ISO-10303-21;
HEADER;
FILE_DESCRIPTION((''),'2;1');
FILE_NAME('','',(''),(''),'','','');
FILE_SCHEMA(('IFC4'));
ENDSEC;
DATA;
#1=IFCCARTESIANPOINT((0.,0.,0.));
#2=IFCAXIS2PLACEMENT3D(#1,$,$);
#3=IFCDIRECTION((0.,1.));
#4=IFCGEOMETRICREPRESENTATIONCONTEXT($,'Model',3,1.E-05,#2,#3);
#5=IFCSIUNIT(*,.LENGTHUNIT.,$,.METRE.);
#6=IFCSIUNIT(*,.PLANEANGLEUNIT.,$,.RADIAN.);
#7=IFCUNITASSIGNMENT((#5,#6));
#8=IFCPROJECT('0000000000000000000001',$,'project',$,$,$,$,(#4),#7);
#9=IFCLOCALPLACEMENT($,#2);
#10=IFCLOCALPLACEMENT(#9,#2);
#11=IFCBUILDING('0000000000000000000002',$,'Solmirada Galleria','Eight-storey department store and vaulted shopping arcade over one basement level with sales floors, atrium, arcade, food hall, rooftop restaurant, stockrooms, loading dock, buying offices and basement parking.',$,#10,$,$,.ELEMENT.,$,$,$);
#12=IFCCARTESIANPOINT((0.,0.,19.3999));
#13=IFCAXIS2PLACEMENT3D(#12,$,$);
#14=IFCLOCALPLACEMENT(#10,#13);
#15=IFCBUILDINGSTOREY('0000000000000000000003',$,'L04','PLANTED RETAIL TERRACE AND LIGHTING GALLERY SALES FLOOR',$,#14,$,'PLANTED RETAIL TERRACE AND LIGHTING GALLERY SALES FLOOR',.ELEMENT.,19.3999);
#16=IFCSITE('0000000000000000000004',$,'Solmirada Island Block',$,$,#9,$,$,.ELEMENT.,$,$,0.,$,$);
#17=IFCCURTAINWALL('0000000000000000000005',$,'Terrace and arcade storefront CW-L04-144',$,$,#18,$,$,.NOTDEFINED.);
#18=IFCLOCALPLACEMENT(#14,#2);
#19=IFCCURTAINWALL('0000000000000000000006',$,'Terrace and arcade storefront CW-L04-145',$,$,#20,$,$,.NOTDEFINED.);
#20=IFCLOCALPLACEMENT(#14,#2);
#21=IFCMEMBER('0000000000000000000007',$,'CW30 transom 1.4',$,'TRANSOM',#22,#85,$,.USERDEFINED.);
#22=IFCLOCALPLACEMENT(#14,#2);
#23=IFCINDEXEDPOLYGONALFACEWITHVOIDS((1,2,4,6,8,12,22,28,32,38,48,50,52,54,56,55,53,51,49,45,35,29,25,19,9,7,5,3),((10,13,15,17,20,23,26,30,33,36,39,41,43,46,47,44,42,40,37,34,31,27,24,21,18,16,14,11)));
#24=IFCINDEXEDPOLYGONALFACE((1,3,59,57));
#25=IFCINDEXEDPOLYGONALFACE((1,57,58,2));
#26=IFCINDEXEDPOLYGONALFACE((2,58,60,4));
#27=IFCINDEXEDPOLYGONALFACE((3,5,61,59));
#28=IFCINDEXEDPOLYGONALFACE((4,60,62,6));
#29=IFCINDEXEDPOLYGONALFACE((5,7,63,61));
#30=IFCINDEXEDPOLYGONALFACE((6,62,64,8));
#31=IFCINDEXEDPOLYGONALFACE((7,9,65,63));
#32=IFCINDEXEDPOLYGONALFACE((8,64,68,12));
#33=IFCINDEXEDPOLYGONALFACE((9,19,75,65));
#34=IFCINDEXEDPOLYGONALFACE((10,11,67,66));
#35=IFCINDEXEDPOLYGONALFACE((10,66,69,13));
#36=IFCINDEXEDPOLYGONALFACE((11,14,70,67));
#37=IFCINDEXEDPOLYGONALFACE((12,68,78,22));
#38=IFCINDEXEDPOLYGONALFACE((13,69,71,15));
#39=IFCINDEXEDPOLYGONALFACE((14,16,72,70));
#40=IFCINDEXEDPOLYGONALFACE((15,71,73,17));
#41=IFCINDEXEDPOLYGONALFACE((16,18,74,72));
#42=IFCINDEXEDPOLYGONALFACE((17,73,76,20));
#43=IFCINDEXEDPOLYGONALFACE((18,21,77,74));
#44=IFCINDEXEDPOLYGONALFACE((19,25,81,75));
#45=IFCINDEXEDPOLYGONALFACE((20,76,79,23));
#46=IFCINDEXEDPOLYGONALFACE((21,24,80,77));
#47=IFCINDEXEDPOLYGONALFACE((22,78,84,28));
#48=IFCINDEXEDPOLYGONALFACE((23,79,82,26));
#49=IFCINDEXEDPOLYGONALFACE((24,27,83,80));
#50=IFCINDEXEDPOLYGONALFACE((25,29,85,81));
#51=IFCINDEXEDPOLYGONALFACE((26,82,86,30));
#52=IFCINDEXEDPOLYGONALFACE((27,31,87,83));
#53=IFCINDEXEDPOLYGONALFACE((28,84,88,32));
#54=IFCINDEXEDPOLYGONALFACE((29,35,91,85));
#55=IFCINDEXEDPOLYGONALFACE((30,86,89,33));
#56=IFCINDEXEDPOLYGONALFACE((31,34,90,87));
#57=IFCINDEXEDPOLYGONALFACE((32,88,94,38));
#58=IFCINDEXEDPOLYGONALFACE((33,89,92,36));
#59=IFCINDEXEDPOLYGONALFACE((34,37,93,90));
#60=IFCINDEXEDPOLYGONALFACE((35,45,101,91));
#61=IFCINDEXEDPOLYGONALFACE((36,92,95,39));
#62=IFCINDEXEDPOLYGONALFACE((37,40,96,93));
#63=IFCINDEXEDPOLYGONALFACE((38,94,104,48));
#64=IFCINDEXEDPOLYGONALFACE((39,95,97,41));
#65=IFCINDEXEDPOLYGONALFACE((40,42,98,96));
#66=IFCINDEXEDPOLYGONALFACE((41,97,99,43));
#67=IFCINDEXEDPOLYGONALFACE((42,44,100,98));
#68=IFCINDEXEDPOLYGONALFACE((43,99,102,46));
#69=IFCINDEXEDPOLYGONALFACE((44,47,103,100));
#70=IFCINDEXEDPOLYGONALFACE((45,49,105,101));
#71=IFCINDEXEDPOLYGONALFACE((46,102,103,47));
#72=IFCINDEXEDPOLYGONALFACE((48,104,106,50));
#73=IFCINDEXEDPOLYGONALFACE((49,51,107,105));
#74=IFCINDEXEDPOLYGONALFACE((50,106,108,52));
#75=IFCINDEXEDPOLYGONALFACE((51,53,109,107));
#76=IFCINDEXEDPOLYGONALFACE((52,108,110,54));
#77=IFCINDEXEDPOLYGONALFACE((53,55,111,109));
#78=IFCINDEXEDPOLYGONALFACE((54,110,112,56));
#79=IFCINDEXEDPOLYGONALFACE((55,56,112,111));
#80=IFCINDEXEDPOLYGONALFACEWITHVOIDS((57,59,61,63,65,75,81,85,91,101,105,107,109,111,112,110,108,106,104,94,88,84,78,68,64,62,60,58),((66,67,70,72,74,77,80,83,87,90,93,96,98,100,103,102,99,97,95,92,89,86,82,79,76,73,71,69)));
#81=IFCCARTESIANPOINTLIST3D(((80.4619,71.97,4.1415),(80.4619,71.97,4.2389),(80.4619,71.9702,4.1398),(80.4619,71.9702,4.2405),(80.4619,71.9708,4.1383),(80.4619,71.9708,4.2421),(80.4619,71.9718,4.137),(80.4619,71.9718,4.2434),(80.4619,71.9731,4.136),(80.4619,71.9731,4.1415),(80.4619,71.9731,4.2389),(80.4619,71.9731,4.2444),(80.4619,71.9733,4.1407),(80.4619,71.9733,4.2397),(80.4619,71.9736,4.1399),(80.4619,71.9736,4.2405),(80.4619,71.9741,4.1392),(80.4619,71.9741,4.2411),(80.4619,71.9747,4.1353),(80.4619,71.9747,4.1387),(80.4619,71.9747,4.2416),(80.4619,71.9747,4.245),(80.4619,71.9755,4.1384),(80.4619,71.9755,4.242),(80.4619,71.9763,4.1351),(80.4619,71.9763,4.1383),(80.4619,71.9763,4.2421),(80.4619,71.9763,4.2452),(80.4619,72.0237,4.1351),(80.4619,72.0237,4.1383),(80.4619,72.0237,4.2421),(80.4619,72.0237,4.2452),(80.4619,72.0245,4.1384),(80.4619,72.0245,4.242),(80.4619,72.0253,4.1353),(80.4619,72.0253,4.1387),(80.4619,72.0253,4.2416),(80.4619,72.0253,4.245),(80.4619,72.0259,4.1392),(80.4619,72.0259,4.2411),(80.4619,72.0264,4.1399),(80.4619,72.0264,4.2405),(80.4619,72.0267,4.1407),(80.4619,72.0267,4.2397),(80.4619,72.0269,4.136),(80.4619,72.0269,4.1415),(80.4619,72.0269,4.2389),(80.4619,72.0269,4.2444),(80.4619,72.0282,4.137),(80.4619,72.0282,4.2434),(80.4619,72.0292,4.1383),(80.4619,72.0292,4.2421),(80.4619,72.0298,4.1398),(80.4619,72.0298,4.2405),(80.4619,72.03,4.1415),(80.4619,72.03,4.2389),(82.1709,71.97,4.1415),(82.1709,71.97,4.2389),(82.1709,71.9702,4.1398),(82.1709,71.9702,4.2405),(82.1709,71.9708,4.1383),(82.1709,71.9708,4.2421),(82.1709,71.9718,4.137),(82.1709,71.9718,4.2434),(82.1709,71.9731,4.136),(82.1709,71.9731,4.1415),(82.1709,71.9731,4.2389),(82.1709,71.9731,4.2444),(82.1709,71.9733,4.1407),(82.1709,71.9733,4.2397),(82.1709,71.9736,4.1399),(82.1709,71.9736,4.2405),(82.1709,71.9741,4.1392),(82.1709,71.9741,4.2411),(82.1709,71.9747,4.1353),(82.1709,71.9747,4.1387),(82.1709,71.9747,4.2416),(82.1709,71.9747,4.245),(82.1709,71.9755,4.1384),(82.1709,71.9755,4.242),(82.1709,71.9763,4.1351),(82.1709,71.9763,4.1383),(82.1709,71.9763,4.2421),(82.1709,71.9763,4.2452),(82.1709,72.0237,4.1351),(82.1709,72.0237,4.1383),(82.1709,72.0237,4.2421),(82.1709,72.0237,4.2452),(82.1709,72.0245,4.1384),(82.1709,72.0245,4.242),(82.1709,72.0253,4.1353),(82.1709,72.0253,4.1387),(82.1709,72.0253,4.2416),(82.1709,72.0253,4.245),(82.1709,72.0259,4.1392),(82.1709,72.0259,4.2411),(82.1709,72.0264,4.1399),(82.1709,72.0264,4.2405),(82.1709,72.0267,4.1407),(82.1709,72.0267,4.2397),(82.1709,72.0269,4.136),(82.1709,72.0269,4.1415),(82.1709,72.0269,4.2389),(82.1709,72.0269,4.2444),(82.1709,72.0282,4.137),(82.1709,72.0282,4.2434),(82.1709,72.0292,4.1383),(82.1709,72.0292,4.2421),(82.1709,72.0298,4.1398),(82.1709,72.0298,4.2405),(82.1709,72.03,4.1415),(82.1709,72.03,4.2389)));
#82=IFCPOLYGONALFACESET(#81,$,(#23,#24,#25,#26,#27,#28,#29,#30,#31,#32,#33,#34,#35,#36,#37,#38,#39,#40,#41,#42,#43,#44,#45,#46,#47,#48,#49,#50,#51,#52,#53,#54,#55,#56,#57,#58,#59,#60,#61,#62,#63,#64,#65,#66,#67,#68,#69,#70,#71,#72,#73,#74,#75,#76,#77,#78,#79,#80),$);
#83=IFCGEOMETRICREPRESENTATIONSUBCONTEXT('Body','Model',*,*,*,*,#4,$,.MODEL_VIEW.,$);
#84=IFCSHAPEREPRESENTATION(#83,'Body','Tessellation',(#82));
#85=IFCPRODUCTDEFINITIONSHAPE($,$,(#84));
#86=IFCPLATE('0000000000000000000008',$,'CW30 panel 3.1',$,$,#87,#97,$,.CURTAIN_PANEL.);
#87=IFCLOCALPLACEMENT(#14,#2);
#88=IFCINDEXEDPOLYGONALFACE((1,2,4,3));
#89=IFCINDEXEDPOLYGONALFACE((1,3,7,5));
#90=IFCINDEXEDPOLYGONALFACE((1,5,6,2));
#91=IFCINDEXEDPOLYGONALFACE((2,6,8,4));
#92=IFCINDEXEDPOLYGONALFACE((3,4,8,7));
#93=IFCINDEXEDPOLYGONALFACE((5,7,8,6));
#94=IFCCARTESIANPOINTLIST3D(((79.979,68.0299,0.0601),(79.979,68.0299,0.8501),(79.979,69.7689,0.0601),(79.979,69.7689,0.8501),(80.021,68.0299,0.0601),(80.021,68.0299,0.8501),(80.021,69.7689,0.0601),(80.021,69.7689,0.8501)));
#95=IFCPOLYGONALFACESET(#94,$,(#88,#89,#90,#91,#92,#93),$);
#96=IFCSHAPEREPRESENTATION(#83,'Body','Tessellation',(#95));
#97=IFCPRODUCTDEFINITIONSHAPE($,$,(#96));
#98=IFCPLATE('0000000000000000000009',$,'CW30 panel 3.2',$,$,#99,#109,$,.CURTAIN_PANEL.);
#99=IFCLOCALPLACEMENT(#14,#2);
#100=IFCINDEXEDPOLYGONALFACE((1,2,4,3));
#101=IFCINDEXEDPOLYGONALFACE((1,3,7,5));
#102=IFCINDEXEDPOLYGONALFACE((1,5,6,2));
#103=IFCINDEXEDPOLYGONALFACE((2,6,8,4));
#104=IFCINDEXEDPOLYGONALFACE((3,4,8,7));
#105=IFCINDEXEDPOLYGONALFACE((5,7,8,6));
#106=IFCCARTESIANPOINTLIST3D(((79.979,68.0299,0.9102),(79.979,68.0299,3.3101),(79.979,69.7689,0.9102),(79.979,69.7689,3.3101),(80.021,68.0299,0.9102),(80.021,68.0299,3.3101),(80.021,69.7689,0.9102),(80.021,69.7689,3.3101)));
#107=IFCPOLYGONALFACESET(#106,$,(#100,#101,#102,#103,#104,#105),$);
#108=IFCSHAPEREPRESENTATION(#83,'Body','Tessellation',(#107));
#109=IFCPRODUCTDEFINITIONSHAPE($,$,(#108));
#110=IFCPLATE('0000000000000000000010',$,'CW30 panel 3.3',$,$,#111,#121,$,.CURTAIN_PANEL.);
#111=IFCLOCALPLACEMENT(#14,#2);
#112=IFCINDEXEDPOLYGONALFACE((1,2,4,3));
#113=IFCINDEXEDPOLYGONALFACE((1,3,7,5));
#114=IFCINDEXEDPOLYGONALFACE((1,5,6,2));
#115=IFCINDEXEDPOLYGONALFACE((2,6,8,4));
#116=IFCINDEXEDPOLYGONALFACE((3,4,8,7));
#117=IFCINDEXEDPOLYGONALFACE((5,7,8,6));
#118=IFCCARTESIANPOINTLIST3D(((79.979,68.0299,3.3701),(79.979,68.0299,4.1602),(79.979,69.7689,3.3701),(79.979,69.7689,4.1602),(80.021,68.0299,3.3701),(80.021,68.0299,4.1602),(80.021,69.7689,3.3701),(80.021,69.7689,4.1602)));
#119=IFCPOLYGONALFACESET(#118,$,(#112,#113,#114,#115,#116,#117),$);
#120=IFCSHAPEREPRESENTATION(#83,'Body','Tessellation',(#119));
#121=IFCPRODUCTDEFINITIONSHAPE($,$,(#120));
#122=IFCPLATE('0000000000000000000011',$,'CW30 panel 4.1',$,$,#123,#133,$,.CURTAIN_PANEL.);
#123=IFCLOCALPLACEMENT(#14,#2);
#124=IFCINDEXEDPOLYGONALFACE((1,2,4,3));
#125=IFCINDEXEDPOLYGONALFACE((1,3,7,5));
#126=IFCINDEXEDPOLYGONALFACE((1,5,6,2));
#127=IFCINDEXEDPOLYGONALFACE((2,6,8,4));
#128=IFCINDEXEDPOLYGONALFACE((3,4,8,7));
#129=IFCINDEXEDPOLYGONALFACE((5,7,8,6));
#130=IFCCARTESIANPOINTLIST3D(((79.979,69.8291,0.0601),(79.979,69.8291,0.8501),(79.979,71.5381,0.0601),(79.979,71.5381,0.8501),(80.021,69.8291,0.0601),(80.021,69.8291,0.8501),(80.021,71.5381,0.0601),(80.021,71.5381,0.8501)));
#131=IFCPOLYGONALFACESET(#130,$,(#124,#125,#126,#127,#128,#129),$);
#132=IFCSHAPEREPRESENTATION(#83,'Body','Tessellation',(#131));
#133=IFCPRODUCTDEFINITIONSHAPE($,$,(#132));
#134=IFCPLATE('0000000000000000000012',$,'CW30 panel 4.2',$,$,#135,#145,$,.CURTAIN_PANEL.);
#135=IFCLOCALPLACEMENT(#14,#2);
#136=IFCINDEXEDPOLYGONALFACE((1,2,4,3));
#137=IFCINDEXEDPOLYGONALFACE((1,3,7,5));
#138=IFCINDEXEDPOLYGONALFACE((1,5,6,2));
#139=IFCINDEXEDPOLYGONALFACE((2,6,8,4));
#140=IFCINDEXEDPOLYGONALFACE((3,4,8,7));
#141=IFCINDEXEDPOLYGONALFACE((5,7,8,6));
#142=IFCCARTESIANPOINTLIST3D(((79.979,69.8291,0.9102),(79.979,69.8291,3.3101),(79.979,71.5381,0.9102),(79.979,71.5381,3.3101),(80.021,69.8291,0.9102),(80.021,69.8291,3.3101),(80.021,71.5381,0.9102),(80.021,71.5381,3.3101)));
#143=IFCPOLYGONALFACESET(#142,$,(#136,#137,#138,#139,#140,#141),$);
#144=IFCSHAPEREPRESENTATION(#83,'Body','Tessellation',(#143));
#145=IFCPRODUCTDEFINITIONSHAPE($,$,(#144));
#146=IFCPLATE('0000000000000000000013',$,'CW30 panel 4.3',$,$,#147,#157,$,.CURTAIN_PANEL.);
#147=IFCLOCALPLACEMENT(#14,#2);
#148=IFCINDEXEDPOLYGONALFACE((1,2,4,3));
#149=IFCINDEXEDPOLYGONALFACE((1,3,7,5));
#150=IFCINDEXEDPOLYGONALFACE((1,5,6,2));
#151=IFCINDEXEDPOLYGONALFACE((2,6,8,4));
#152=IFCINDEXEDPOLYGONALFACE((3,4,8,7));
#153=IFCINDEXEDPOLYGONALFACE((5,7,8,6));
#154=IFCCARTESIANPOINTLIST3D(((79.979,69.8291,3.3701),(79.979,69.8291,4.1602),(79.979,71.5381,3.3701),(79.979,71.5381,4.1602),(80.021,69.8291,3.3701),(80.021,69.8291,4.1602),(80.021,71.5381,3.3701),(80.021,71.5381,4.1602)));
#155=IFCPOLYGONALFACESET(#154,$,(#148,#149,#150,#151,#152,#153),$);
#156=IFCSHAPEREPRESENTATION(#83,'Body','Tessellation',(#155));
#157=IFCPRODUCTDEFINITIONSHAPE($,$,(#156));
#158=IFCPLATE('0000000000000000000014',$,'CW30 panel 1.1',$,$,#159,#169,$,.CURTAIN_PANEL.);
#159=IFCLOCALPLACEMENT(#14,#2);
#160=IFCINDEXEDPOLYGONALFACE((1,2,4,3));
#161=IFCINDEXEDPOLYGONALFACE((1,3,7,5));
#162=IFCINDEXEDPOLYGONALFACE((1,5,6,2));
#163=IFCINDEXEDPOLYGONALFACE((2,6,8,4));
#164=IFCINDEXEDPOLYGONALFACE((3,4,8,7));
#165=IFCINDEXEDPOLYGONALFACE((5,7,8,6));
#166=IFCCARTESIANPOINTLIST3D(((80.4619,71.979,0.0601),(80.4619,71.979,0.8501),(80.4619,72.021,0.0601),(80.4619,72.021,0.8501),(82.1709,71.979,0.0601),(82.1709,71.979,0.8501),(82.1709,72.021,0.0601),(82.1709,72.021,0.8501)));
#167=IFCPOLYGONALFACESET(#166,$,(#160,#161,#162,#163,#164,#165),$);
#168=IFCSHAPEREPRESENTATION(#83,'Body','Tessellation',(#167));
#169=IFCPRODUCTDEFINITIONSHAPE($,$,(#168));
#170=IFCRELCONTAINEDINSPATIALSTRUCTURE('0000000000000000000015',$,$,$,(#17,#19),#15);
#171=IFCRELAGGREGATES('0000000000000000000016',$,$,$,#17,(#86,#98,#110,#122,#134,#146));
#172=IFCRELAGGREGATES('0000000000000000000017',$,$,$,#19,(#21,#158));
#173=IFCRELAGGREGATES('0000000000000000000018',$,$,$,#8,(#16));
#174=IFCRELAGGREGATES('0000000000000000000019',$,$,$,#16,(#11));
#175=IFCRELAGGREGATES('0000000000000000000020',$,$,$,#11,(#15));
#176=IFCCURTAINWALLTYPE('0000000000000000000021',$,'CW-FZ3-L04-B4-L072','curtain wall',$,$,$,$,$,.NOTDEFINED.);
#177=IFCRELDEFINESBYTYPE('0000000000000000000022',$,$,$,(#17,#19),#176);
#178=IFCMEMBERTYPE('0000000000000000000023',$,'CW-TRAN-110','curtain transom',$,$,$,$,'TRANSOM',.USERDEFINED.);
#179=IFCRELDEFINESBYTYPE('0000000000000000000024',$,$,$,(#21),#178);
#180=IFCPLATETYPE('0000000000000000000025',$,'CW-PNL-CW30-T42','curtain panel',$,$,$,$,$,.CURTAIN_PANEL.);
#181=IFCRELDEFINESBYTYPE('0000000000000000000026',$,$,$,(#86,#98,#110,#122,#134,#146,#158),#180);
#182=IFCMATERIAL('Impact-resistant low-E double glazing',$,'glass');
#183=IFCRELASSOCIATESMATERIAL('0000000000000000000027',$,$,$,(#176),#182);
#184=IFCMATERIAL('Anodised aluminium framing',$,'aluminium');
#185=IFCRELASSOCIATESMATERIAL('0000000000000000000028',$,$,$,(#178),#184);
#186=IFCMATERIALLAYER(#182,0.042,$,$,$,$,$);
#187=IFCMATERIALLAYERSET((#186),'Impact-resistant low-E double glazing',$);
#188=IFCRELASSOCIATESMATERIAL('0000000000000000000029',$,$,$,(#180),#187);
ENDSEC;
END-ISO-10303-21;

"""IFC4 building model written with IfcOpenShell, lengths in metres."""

from ifc_helpers import new_model, si_unit, direction, frame, origin, origin_2d, place, context, subcontext, project, spatial, rectangle, hollow_rectangle, extrude, material, layer, layer_set, material_profile, profile_set, type_object, element, aggregate, save


model = new_model("IFC4")

# Units and contexts
model_context = context("Model", 3, precision=1e-05, world=origin(), true_north=direction((0.0, 1.0)))
body_context = subcontext(model_context, "Body", "Model", "MODEL_VIEW")
ifc_project = project(units=[si_unit("LENGTHUNIT", "METRE"), si_unit("PLANEANGLEUNIT", "RADIAN")], contexts=[model_context])

# Site, building, storey
site_placement = place(None, origin())
site = spatial("IfcSite", under=ifc_project, at=site_placement, Name="Solmirada Island Block", CompositionType="ELEMENT", RefElevation=0.0)
building_placement = place(site_placement, origin())
building = spatial("IfcBuilding", under=site, at=building_placement, Name="Solmirada Galleria", Description="Eight-storey department store and vaulted shopping arcade over one basement level with sales floors, atrium, arcade, food hall, rooftop restaurant, stockrooms, loading dock, buying offices and basement parking.", CompositionType="ELEMENT")
storey_placement = place(building_placement, frame((0.0, 0.0, 19.3999)))
storey = spatial("IfcBuildingStorey", under=building, at=storey_placement, Name="L04", Description="PLANTED RETAIL TERRACE AND LIGHTING GALLERY SALES FLOOR", LongName="PLANTED RETAIL TERRACE AND LIGHTING GALLERY SALES FLOOR", CompositionType="ELEMENT", Elevation=19.3999)

# Curtain wall
ifc_material_1 = material(Name="Impact-resistant low-E double glazing", Category="glass")
curtain_wall_type = type_object("IfcCurtainWallType", Name="CW-FZ3-L04-B4-L072", Description="curtain wall", PredefinedType="NOTDEFINED", material=ifc_material_1)
curtain_wall_1_placement = place(storey_placement, origin())
curtain_wall_1 = element("IfcCurtainWall", 1, at=curtain_wall_1_placement, inside=storey, type_object=curtain_wall_type, Name="Terrace and arcade storefront CW-L04-144", PredefinedType="NOTDEFINED")
ifc_material_2 = material(Name="Anodised aluminium framing", Category="aluminium")

# Curtain wall
curtain_wall_2_placement = place(storey_placement, origin())
curtain_wall_2 = element("IfcCurtainWall", 2, at=curtain_wall_2_placement, inside=storey, type_object=curtain_wall_type, Name="Terrace and arcade storefront CW-L04-145", PredefinedType="NOTDEFINED")

# Member
ifc_material_profile_1 = material_profile(ifc_material_2, hollow_rectangle(XDim=0.0601, YDim=0.1101, WallThickness=0.0032, InnerFilletRadius=0.0032, OuterFilletRadius=0.0063, at=origin_2d()), Name="ALU-TRAN-110X60")
ifc_profile_set_1 = profile_set([ifc_material_profile_1], Name="Anodised aluminium framing")
member_type_1 = type_object("IfcMemberType", Name="CW-TRAN-110", Description="curtain transom", ElementType="TRANSOM", PredefinedType="USERDEFINED", material=ifc_profile_set_1)
member_1_placement = place(storey_placement, frame((80.4619, 72.0, 4.1902), z_axis=(1.0, 0.0, 0.0), x_axis=(0.0, 1.0, 0.0)))
member_1 = element("IfcMember", 3, at=member_1_placement, type_object=member_type_1, Name="CW30 transom 1.4", ObjectType="TRANSOM", PredefinedType="USERDEFINED", context=body_context, shape_type="SweptSolid", body=[
    extrude(hollow_rectangle(XDim=0.0601, YDim=0.1101, WallThickness=0.0032, InnerFilletRadius=0.0032, OuterFilletRadius=0.0063, at=origin_2d()), origin(), (0.0, 0.0, 1.0), 1.709),
])

# Plates
ifc_layer = layer(ifc_material_1, 0.042)
ifc_layer_set = layer_set([ifc_layer], Name="Impact-resistant low-E double glazing")
plate_type = type_object("IfcPlateType", Name="CW-PNL-CW30-T42", Description="curtain panel", PredefinedType="CURTAIN_PANEL", material=ifc_layer_set)
plate_1_placement = place(storey_placement, frame((80.0, 68.8994, 0.0601), z_axis=(0.0, 0.0, 1.0), x_axis=(0.0, 1.0, 0.0)))
plate_1 = element("IfcPlate", 4, at=plate_1_placement, type_object=plate_type, Name="CW30 panel 3.1", PredefinedType="CURTAIN_PANEL", context=body_context, shape_type="SweptSolid", body=[
    extrude(rectangle(XDim=1.739, YDim=0.042, at=origin_2d()), origin(), (0.0, 0.0, 1.0), 0.79),
])
plate_2_placement = place(storey_placement, frame((80.0, 68.8994, 0.9102), z_axis=(0.0, 0.0, 1.0), x_axis=(0.0, 1.0, 0.0)))
plate_2 = element("IfcPlate", 5, at=plate_2_placement, type_object=plate_type, Name="CW30 panel 3.2", PredefinedType="CURTAIN_PANEL", context=body_context, shape_type="SweptSolid", body=[
    extrude(rectangle(XDim=1.739, YDim=0.042, at=origin_2d()), origin(), (0.0, 0.0, 1.0), 2.3999),
])
plate_3_placement = place(storey_placement, frame((80.0, 68.8994, 3.3701), z_axis=(0.0, 0.0, 1.0), x_axis=(0.0, 1.0, 0.0)))
plate_3 = element("IfcPlate", 6, at=plate_3_placement, type_object=plate_type, Name="CW30 panel 3.3", PredefinedType="CURTAIN_PANEL", context=body_context, shape_type="SweptSolid", body=[
    extrude(rectangle(XDim=1.739, YDim=0.042, at=origin_2d()), origin(), (0.0, 0.0, 1.0), 0.79),
])
plate_4_placement = place(storey_placement, frame((80.0, 70.6836, 0.0601), z_axis=(0.0, 0.0, 1.0), x_axis=(0.0, 1.0, 0.0)))
plate_4 = element("IfcPlate", 7, at=plate_4_placement, type_object=plate_type, Name="CW30 panel 4.1", PredefinedType="CURTAIN_PANEL", context=body_context, shape_type="SweptSolid", body=[
    extrude(rectangle(XDim=1.709, YDim=0.042, at=origin_2d()), origin(), (0.0, 0.0, 1.0), 0.79),
])
plate_5_placement = place(storey_placement, frame((80.0, 70.6836, 0.9102), z_axis=(0.0, 0.0, 1.0), x_axis=(0.0, 1.0, 0.0)))
plate_5 = element("IfcPlate", 8, at=plate_5_placement, type_object=plate_type, Name="CW30 panel 4.2", PredefinedType="CURTAIN_PANEL", context=body_context, shape_type="SweptSolid", body=[
    extrude(rectangle(XDim=1.709, YDim=0.042, at=origin_2d()), origin(), (0.0, 0.0, 1.0), 2.3999),
])
plate_6_placement = place(storey_placement, frame((80.0, 70.6836, 3.3701), z_axis=(0.0, 0.0, 1.0), x_axis=(0.0, 1.0, 0.0)))
plate_6 = element("IfcPlate", 9, at=plate_6_placement, type_object=plate_type, Name="CW30 panel 4.3", PredefinedType="CURTAIN_PANEL", context=body_context, shape_type="SweptSolid", body=[
    extrude(rectangle(XDim=1.709, YDim=0.042, at=origin_2d()), origin(), (0.0, 0.0, 1.0), 0.79),
])
aggregate(curtain_wall_1, [plate_1, plate_2, plate_3, plate_4, plate_5, plate_6])
plate_7_placement = place(storey_placement, frame((81.3164, 72.0, 0.0601), z_axis=(0.0, 0.0, 1.0), x_axis=(1.0, 0.0, 0.0)))
plate_7 = element("IfcPlate", 10, at=plate_7_placement, type_object=plate_type, Name="CW30 panel 1.1", PredefinedType="CURTAIN_PANEL", context=body_context, shape_type="SweptSolid", body=[
    extrude(rectangle(XDim=1.709, YDim=0.042, at=origin_2d()), origin(), (0.0, 0.0, 1.0), 0.79),
])
aggregate(curtain_wall_2, [member_1, plate_7])

save(model, "model.ifc")
